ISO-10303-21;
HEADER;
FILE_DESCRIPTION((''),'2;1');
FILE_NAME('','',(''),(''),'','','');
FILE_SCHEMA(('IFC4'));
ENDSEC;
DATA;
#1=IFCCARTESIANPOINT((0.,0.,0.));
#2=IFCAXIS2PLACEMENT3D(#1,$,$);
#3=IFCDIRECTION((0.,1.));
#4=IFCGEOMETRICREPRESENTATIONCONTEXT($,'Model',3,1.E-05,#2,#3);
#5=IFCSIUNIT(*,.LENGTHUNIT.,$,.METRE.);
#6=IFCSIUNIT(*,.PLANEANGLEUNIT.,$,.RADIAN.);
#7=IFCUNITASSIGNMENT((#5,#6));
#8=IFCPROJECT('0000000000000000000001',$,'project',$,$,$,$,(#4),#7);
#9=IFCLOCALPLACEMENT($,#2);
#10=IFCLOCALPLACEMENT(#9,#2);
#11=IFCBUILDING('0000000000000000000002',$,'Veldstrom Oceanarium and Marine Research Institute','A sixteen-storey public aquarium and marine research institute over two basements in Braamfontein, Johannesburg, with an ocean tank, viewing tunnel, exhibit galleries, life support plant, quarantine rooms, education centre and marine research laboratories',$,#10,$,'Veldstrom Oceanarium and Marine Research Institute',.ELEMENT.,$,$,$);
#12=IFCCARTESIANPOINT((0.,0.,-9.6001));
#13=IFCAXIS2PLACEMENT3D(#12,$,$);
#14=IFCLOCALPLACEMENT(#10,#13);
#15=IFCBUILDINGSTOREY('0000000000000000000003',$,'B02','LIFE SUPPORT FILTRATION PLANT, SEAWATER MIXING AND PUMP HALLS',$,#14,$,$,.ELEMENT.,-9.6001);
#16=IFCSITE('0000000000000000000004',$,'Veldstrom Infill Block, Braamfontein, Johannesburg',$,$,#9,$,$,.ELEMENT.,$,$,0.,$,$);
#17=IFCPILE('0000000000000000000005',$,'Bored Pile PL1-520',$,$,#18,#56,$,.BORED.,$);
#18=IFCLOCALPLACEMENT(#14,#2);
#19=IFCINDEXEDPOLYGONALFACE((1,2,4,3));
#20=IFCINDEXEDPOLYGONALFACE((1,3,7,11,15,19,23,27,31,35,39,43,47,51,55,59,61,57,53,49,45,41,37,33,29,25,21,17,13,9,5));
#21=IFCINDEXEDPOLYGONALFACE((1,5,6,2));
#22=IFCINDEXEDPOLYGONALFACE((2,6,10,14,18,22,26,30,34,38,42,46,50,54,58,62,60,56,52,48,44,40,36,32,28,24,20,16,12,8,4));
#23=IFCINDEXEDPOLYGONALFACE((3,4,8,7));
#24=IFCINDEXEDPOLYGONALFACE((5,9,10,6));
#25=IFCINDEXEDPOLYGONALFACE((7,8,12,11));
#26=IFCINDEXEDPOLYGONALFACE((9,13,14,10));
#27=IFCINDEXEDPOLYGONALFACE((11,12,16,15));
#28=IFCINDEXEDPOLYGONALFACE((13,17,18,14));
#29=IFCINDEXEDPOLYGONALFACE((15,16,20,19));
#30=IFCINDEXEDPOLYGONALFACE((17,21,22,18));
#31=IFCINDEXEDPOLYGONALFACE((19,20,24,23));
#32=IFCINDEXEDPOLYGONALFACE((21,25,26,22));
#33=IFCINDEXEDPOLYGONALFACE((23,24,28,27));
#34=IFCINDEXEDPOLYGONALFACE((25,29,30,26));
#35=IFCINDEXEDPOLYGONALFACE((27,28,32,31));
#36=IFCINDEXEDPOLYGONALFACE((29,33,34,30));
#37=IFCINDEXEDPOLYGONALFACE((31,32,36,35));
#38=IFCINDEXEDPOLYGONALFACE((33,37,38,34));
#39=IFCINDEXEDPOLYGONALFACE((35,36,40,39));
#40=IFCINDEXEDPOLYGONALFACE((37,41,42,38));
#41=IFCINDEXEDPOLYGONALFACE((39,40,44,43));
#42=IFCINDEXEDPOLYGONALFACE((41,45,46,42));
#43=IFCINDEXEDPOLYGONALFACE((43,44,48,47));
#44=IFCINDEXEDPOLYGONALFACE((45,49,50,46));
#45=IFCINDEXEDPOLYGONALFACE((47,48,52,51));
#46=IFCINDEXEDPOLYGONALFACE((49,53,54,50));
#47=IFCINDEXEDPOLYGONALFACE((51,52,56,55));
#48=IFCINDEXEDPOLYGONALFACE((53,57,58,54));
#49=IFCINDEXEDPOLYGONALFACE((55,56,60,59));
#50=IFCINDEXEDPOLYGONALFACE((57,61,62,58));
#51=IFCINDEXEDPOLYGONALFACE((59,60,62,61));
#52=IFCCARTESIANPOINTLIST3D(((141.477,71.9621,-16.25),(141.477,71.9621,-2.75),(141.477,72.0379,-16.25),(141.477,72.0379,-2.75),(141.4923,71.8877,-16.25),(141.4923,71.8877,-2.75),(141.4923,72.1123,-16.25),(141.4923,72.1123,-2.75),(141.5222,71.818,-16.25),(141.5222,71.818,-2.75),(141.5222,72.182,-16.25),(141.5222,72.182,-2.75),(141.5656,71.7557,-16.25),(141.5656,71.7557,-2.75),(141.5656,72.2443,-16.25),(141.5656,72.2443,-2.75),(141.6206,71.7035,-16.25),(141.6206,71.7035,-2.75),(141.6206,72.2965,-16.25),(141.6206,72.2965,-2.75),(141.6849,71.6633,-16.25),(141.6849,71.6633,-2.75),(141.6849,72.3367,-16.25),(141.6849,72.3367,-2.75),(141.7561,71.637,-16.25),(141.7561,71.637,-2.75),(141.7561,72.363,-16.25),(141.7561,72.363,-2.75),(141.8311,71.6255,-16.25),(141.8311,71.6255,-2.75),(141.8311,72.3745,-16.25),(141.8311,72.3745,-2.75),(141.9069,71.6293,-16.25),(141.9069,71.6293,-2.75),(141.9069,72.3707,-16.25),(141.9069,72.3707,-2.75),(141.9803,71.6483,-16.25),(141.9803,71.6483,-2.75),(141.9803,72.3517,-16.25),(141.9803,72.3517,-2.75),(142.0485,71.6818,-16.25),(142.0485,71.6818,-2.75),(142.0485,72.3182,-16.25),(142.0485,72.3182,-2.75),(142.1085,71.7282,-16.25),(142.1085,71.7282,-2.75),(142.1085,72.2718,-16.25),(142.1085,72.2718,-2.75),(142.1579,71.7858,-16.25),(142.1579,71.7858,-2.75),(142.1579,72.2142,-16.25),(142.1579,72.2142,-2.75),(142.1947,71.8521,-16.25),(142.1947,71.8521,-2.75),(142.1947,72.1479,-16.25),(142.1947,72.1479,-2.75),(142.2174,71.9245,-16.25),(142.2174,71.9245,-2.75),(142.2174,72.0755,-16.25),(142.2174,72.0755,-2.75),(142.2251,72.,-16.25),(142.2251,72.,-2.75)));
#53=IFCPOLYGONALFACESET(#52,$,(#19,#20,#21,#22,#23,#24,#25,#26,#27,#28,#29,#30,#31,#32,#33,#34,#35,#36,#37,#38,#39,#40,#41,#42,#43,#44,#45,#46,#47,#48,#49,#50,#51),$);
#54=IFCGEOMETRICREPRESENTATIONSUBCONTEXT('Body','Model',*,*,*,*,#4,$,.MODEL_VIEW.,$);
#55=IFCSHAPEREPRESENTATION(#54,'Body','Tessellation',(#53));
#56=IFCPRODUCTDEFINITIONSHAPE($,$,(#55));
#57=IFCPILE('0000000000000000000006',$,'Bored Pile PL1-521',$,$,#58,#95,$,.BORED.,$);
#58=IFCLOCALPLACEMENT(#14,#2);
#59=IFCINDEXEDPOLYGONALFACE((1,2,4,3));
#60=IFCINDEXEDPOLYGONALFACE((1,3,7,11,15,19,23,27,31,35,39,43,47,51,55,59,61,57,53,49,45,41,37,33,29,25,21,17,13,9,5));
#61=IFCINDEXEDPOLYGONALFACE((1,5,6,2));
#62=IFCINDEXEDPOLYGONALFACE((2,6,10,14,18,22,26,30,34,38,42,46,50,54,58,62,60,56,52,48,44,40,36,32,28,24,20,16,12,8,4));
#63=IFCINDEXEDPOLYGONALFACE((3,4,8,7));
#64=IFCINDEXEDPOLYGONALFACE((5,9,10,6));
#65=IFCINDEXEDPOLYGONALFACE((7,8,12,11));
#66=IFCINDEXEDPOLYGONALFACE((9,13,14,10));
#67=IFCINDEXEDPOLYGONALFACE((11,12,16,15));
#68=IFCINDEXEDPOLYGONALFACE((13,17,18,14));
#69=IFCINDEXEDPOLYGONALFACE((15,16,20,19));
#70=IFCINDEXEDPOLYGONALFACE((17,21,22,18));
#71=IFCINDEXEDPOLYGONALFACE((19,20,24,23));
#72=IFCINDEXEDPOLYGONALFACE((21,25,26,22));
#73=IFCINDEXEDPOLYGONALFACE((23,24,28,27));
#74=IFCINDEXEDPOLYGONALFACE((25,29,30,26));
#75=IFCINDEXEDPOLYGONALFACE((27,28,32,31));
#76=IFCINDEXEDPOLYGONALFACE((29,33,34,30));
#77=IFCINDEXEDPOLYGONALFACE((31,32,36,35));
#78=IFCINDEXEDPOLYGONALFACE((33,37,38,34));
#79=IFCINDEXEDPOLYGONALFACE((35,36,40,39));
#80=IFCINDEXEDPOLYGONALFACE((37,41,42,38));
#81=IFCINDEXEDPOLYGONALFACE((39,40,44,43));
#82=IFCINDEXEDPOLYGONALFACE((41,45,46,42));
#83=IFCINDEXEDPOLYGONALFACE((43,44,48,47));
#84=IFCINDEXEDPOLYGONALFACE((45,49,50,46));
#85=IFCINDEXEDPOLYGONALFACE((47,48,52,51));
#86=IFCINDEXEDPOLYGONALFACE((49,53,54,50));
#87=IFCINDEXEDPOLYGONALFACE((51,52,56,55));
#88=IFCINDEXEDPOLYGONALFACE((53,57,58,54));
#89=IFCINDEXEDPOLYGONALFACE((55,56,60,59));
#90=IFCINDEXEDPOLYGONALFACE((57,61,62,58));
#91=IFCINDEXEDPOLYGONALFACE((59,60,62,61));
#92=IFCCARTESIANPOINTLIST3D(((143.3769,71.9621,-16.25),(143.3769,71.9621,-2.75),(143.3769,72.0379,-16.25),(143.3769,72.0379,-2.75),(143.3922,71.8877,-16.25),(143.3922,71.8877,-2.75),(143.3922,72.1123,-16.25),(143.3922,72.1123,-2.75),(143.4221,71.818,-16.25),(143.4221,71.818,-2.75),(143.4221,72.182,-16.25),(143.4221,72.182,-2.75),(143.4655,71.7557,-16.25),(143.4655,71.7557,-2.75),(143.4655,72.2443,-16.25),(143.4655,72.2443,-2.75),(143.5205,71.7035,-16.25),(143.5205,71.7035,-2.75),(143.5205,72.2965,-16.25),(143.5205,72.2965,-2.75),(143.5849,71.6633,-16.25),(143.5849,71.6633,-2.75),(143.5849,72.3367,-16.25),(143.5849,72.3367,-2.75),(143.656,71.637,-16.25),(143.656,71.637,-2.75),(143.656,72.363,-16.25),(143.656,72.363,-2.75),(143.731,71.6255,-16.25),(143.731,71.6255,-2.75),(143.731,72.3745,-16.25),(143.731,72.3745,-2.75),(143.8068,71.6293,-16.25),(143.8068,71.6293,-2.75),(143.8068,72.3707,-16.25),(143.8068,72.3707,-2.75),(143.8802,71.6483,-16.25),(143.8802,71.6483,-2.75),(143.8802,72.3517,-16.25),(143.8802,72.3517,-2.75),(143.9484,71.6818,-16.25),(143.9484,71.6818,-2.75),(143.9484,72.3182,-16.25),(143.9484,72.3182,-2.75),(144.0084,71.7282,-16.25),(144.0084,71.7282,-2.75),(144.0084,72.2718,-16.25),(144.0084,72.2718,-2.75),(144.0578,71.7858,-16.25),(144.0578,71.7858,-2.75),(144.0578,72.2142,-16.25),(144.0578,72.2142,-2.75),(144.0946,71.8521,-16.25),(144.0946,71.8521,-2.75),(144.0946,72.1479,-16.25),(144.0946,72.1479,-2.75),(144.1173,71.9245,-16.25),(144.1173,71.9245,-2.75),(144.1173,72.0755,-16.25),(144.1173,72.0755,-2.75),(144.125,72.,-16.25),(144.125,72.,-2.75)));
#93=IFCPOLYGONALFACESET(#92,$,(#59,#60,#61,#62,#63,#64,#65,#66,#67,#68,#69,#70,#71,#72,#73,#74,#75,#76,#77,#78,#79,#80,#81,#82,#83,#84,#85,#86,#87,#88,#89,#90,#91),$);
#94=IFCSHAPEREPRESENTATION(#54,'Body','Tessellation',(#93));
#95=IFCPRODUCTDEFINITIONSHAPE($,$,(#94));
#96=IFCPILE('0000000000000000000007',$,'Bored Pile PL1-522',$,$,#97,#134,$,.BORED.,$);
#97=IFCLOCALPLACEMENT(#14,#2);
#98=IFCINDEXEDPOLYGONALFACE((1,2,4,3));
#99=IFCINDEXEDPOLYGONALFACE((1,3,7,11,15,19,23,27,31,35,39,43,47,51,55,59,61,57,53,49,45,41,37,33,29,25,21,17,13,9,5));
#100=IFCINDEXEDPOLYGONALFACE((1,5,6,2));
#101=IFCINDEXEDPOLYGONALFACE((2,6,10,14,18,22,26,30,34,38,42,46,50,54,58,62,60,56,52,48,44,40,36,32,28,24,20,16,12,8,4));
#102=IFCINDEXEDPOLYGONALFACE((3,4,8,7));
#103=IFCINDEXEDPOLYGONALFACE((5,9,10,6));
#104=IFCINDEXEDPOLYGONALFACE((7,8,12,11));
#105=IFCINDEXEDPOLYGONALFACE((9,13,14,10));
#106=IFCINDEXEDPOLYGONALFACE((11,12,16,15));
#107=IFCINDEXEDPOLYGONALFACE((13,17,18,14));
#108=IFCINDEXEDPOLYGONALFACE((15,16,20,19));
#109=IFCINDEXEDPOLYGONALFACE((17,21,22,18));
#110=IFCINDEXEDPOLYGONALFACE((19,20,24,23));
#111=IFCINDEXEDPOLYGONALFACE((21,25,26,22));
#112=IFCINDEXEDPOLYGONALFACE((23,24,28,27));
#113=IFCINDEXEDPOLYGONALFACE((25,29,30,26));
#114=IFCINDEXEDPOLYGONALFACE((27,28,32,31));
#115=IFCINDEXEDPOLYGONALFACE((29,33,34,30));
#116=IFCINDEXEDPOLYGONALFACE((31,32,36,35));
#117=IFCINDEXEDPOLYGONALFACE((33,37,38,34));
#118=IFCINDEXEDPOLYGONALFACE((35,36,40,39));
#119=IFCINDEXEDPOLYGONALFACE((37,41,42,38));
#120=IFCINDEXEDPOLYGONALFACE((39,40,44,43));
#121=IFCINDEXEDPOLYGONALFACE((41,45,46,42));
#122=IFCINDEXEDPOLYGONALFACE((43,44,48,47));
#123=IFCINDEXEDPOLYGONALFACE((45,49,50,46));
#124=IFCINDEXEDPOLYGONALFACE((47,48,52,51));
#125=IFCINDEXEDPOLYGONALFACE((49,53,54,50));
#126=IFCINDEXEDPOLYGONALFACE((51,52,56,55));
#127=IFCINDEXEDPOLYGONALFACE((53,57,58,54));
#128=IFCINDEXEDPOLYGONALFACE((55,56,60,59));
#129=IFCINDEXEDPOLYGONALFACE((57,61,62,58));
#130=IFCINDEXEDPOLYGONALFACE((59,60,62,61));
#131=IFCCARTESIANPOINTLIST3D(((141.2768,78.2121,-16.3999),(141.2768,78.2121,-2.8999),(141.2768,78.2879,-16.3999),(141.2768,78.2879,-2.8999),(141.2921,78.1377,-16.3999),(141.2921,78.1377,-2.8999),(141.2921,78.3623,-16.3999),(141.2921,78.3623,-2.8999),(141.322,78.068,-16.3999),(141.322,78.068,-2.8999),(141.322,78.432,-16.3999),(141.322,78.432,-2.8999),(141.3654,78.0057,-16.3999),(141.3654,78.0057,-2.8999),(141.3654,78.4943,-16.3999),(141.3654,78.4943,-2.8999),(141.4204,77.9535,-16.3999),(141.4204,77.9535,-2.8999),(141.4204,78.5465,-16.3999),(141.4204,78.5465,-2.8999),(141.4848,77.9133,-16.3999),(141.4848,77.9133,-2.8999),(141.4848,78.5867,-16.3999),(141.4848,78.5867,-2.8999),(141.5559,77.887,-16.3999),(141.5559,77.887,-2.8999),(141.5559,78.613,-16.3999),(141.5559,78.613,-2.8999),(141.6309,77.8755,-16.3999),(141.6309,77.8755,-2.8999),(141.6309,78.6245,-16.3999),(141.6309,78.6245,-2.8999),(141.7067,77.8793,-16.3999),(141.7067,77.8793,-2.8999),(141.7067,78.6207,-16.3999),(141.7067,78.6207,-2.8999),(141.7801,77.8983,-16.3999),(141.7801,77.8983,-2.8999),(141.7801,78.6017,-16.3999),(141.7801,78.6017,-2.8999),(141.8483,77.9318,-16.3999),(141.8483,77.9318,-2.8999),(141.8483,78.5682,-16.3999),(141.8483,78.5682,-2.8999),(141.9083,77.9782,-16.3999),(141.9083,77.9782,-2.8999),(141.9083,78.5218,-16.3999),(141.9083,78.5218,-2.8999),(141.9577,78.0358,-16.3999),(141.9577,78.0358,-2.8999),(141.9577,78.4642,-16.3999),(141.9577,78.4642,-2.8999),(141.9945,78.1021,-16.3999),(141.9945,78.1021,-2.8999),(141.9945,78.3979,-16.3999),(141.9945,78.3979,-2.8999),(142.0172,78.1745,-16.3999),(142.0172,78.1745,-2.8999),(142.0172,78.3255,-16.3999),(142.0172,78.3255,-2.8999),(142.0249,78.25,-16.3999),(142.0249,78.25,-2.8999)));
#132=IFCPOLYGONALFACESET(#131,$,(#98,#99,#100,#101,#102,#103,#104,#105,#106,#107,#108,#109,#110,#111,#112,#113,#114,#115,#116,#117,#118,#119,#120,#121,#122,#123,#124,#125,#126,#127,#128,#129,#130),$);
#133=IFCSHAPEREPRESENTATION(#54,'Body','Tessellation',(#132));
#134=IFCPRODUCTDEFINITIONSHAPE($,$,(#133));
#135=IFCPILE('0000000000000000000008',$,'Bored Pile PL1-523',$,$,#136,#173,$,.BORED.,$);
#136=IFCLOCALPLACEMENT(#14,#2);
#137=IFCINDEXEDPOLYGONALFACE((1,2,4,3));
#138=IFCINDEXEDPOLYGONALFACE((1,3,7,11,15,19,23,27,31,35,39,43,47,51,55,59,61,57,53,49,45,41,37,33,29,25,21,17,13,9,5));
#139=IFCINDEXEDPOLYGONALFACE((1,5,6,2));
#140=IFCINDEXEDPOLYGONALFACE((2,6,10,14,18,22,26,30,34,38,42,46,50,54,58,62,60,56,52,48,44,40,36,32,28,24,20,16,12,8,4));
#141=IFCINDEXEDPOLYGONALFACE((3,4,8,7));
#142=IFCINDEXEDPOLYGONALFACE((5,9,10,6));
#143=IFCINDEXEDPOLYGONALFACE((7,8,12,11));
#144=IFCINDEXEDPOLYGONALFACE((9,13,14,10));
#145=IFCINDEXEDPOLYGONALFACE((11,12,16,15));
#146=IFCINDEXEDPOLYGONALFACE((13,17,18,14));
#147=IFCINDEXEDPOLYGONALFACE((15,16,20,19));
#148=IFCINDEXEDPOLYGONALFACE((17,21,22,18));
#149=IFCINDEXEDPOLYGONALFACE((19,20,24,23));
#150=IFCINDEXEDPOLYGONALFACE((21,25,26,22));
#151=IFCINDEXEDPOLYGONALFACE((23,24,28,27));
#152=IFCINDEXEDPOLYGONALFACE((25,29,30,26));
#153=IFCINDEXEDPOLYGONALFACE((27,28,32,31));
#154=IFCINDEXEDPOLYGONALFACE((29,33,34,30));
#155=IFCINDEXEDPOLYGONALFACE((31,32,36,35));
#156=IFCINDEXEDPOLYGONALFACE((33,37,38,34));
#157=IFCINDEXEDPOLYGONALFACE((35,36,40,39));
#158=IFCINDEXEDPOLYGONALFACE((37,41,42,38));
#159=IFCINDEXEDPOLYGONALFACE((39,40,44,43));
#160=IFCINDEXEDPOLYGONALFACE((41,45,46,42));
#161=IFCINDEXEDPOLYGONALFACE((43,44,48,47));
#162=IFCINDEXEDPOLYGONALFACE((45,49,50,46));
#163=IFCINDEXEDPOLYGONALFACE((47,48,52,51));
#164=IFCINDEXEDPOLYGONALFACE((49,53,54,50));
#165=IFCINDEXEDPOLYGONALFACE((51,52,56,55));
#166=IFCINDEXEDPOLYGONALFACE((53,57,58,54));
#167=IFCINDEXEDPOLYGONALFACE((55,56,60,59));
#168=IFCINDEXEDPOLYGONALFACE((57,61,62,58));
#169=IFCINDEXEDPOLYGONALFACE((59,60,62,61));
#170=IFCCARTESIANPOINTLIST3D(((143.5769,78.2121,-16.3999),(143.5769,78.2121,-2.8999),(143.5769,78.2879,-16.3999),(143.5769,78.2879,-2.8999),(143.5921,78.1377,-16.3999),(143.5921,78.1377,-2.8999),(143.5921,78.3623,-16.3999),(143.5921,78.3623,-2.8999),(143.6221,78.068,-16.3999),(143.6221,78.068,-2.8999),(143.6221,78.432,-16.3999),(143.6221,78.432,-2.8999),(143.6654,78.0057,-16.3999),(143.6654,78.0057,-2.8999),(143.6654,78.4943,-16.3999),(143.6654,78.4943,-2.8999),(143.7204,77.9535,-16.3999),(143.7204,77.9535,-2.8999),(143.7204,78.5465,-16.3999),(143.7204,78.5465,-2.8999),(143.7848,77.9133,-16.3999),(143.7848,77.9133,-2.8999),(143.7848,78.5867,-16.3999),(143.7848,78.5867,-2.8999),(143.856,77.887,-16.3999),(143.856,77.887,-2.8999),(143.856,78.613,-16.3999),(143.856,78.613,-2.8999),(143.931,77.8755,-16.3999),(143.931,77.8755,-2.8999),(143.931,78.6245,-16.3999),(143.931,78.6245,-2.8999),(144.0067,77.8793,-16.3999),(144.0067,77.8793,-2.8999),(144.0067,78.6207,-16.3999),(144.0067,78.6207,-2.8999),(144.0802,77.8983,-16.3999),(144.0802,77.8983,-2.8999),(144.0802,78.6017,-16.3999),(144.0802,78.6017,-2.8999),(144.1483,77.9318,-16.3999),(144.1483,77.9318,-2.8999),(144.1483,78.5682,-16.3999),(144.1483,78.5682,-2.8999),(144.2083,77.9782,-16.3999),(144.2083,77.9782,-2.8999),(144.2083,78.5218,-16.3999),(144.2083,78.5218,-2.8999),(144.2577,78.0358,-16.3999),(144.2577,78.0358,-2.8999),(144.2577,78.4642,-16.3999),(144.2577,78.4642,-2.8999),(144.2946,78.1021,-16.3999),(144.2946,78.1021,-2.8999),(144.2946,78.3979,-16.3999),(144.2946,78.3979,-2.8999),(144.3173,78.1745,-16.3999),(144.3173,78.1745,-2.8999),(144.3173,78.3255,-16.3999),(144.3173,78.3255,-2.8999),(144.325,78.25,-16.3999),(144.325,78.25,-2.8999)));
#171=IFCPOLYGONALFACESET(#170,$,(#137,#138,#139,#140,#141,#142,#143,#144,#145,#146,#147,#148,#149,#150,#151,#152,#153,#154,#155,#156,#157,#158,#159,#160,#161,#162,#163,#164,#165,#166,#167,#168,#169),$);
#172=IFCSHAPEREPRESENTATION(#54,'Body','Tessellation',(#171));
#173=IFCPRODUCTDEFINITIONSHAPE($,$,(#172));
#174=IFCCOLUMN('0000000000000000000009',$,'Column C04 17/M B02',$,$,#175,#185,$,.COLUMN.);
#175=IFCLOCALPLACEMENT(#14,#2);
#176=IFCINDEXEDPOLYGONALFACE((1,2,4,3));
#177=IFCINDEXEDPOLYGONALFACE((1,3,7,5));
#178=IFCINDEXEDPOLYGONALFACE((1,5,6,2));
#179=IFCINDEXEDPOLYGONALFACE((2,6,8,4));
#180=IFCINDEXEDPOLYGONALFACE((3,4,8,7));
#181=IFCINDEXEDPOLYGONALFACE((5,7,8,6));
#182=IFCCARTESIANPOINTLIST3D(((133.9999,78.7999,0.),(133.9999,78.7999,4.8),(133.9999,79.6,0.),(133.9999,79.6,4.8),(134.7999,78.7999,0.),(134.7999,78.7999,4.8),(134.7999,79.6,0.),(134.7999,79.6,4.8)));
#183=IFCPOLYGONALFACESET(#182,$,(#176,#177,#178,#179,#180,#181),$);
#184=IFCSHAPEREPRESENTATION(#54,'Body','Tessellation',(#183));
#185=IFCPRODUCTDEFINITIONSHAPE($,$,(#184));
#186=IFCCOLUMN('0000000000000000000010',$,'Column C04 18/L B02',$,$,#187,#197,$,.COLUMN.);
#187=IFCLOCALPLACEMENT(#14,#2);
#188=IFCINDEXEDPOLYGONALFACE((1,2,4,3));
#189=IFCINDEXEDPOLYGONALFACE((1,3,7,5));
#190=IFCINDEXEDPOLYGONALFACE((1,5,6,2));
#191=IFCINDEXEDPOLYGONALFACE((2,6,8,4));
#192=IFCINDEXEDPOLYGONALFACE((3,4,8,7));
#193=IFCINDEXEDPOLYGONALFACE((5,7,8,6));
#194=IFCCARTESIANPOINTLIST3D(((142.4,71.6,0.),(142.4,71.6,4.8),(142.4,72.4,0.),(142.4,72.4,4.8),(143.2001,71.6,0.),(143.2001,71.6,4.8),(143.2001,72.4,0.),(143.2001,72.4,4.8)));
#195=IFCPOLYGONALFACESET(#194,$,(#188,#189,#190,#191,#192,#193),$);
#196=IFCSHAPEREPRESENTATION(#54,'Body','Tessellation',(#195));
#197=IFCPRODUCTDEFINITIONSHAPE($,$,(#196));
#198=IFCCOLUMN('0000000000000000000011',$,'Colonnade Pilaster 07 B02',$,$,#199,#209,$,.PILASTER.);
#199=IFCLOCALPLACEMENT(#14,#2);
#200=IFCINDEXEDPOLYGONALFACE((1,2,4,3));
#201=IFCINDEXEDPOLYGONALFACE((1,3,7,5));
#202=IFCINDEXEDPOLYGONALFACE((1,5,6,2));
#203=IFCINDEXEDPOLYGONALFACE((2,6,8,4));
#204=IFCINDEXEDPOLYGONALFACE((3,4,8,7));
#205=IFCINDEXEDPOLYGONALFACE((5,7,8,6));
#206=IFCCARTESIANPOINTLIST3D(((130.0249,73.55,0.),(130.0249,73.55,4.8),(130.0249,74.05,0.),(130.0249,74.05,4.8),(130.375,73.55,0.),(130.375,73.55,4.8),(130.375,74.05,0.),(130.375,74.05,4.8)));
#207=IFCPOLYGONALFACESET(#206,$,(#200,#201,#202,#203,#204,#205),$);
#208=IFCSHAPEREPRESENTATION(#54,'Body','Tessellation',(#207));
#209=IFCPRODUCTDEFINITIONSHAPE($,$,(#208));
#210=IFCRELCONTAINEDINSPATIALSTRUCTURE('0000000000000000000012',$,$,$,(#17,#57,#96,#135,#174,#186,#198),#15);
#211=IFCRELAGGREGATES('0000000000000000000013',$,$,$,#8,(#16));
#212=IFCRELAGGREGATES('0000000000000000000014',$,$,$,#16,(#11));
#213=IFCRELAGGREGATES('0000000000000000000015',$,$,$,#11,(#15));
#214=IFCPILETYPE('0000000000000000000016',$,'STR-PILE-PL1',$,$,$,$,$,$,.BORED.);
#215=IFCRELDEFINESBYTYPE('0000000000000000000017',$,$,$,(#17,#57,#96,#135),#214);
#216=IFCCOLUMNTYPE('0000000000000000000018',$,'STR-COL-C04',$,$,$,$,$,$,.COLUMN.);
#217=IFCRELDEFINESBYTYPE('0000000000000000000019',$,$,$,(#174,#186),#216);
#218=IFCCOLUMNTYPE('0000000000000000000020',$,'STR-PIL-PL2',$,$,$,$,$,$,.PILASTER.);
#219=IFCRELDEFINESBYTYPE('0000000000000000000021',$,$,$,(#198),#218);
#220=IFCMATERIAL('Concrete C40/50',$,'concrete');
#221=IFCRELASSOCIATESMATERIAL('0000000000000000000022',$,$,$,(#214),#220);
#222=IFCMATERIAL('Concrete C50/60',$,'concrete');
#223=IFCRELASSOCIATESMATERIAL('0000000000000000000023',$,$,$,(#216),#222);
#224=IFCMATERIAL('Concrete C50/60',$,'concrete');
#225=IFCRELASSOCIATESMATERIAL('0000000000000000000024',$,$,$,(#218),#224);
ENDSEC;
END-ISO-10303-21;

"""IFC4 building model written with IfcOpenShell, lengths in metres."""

from ifc_helpers import new_model, si_unit, direction, frame, origin, origin_2d, place, context, subcontext, project, spatial, rectangle, circle, extrude, material, material_profile, profile_set, type_object, element, save


model = new_model("IFC4")

# Units and contexts
model_context = context("Model", 3, precision=1e-05, world=origin(), true_north=direction((0.0, 1.0)))
body_context = subcontext(model_context, "Body", "Model", "MODEL_VIEW")
ifc_project = project(units=[si_unit("LENGTHUNIT", "METRE"), si_unit("PLANEANGLEUNIT", "RADIAN")], contexts=[model_context])

# Site, building, storey
site_placement = place(None, origin())
site = spatial("IfcSite", under=ifc_project, at=site_placement, Name="Veldstrom Infill Block, Braamfontein, Johannesburg", CompositionType="ELEMENT", RefElevation=0.0)
building_placement = place(site_placement, origin())
building = spatial("IfcBuilding", under=site, at=building_placement, Name="Veldstrom Oceanarium and Marine Research Institute", Description="A sixteen-storey public aquarium and marine research institute over two basements in Braamfontein, Johannesburg, with an ocean tank, viewing tunnel, exhibit galleries, life support plant, quarantine rooms, education centre and marine research laboratories", LongName="Veldstrom Oceanarium and Marine Research Institute", CompositionType="ELEMENT")
storey_placement = place(building_placement, frame((0.0, 0.0, -9.6001)))
storey = spatial("IfcBuildingStorey", under=building, at=storey_placement, Name="B02", Description="LIFE SUPPORT FILTRATION PLANT, SEAWATER MIXING AND PUMP HALLS", CompositionType="ELEMENT", Elevation=-9.6001)

# Piles
ifc_material_1 = material(Name="Concrete C40/50", Category="concrete")
ifc_material_profile_1 = material_profile(ifc_material_1, circle(Radius=0.375, at=origin_2d()), Name="PILE-D750")
ifc_profile_set_1 = profile_set([ifc_material_profile_1], Name="Concrete C40/50")
pile_type = type_object("IfcPileType", Name="STR-PILE-PL1", PredefinedType="BORED", material=ifc_profile_set_1)
for number, where, z_axis, x_axis, name in (
    (1, (141.8501, 72.0, -2.75), (0.0, 0.0, -1.0), (1.0, 0.0, 0.0), "Bored Pile PL1-520"),
    (2, (143.75, 72.0, -2.75), (0.0, 0.0, -1.0), (1.0, 0.0, 0.0), "Bored Pile PL1-521"),
    (3, (141.6499, 78.25, -2.8999), (0.0, 0.0, -1.0), (1.0, 0.0, 0.0), "Bored Pile PL1-522"),
    (4, (143.95, 78.25, -2.8999), (0.0, 0.0, -1.0), (1.0, 0.0, 0.0), "Bored Pile PL1-523"),
):
    element("IfcPile", number, at=place(storey_placement, frame(where, z_axis=z_axis, x_axis=x_axis)), inside=storey, type_object=pile_type, Name=name, PredefinedType="BORED", context=body_context, shape_type="SweptSolid", body=[
        extrude(circle(Radius=0.375, at=origin_2d()), origin(), (0.0, 0.0, 1.0), 13.5),
    ])

# Columns
ifc_material_2 = material(Name="Concrete C50/60", Category="concrete")
ifc_material_profile_2 = material_profile(ifc_material_2, rectangle(XDim=0.8, YDim=0.8, at=origin_2d()), Name="RC-COL-800x800")
ifc_profile_set_2 = profile_set([ifc_material_profile_2], Name="Concrete C50/60")
column_type_1 = type_object("IfcColumnType", Name="STR-COL-C04", PredefinedType="COLUMN", material=ifc_profile_set_2)
for number, where, z_axis, x_axis, name in (
    (5, (134.3999, 79.2, 0.0), (0.0, 0.0, 1.0), (1.0, 0.0, 0.0), "Column C04 17/M B02"),
    (6, (142.8, 72.0, 0.0), (0.0, 0.0, 1.0), (1.0, 0.0, 0.0), "Column C04 18/L B02"),
):
    element("IfcColumn", number, at=place(storey_placement, frame(where, z_axis=z_axis, x_axis=x_axis)), inside=storey, type_object=column_type_1, Name=name, PredefinedType="COLUMN", context=body_context, shape_type="SweptSolid", body=[
        extrude(rectangle(XDim=0.8, YDim=0.8, at=origin_2d()), origin(), (0.0, 0.0, 1.0), 4.8),
    ])
ifc_material_3 = material(Name="Concrete C50/60", Category="concrete")
ifc_material_profile_3 = material_profile(ifc_material_3, rectangle(XDim=0.3501, YDim=0.5, at=origin_2d()), Name="RC-PIL-500x350")
ifc_profile_set_3 = profile_set([ifc_material_profile_3], Name="Concrete C50/60")
column_type_2 = type_object("IfcColumnType", Name="STR-PIL-PL2", PredefinedType="PILASTER", material=ifc_profile_set_3)
for number, where, z_axis, x_axis, name in (
    (7, (130.2, 73.8, 0.0), (0.0, 0.0, 1.0), (1.0, 0.0, 0.0), "Colonnade Pilaster 07 B02"),
):
    element("IfcColumn", number, at=place(storey_placement, frame(where, z_axis=z_axis, x_axis=x_axis)), inside=storey, type_object=column_type_2, Name=name, PredefinedType="PILASTER", context=body_context, shape_type="SweptSolid", body=[
        extrude(rectangle(XDim=0.3501, YDim=0.5, at=origin_2d()), origin(), (0.0, 0.0, 1.0), 4.8),
    ])

save(model, "model.ifc")
